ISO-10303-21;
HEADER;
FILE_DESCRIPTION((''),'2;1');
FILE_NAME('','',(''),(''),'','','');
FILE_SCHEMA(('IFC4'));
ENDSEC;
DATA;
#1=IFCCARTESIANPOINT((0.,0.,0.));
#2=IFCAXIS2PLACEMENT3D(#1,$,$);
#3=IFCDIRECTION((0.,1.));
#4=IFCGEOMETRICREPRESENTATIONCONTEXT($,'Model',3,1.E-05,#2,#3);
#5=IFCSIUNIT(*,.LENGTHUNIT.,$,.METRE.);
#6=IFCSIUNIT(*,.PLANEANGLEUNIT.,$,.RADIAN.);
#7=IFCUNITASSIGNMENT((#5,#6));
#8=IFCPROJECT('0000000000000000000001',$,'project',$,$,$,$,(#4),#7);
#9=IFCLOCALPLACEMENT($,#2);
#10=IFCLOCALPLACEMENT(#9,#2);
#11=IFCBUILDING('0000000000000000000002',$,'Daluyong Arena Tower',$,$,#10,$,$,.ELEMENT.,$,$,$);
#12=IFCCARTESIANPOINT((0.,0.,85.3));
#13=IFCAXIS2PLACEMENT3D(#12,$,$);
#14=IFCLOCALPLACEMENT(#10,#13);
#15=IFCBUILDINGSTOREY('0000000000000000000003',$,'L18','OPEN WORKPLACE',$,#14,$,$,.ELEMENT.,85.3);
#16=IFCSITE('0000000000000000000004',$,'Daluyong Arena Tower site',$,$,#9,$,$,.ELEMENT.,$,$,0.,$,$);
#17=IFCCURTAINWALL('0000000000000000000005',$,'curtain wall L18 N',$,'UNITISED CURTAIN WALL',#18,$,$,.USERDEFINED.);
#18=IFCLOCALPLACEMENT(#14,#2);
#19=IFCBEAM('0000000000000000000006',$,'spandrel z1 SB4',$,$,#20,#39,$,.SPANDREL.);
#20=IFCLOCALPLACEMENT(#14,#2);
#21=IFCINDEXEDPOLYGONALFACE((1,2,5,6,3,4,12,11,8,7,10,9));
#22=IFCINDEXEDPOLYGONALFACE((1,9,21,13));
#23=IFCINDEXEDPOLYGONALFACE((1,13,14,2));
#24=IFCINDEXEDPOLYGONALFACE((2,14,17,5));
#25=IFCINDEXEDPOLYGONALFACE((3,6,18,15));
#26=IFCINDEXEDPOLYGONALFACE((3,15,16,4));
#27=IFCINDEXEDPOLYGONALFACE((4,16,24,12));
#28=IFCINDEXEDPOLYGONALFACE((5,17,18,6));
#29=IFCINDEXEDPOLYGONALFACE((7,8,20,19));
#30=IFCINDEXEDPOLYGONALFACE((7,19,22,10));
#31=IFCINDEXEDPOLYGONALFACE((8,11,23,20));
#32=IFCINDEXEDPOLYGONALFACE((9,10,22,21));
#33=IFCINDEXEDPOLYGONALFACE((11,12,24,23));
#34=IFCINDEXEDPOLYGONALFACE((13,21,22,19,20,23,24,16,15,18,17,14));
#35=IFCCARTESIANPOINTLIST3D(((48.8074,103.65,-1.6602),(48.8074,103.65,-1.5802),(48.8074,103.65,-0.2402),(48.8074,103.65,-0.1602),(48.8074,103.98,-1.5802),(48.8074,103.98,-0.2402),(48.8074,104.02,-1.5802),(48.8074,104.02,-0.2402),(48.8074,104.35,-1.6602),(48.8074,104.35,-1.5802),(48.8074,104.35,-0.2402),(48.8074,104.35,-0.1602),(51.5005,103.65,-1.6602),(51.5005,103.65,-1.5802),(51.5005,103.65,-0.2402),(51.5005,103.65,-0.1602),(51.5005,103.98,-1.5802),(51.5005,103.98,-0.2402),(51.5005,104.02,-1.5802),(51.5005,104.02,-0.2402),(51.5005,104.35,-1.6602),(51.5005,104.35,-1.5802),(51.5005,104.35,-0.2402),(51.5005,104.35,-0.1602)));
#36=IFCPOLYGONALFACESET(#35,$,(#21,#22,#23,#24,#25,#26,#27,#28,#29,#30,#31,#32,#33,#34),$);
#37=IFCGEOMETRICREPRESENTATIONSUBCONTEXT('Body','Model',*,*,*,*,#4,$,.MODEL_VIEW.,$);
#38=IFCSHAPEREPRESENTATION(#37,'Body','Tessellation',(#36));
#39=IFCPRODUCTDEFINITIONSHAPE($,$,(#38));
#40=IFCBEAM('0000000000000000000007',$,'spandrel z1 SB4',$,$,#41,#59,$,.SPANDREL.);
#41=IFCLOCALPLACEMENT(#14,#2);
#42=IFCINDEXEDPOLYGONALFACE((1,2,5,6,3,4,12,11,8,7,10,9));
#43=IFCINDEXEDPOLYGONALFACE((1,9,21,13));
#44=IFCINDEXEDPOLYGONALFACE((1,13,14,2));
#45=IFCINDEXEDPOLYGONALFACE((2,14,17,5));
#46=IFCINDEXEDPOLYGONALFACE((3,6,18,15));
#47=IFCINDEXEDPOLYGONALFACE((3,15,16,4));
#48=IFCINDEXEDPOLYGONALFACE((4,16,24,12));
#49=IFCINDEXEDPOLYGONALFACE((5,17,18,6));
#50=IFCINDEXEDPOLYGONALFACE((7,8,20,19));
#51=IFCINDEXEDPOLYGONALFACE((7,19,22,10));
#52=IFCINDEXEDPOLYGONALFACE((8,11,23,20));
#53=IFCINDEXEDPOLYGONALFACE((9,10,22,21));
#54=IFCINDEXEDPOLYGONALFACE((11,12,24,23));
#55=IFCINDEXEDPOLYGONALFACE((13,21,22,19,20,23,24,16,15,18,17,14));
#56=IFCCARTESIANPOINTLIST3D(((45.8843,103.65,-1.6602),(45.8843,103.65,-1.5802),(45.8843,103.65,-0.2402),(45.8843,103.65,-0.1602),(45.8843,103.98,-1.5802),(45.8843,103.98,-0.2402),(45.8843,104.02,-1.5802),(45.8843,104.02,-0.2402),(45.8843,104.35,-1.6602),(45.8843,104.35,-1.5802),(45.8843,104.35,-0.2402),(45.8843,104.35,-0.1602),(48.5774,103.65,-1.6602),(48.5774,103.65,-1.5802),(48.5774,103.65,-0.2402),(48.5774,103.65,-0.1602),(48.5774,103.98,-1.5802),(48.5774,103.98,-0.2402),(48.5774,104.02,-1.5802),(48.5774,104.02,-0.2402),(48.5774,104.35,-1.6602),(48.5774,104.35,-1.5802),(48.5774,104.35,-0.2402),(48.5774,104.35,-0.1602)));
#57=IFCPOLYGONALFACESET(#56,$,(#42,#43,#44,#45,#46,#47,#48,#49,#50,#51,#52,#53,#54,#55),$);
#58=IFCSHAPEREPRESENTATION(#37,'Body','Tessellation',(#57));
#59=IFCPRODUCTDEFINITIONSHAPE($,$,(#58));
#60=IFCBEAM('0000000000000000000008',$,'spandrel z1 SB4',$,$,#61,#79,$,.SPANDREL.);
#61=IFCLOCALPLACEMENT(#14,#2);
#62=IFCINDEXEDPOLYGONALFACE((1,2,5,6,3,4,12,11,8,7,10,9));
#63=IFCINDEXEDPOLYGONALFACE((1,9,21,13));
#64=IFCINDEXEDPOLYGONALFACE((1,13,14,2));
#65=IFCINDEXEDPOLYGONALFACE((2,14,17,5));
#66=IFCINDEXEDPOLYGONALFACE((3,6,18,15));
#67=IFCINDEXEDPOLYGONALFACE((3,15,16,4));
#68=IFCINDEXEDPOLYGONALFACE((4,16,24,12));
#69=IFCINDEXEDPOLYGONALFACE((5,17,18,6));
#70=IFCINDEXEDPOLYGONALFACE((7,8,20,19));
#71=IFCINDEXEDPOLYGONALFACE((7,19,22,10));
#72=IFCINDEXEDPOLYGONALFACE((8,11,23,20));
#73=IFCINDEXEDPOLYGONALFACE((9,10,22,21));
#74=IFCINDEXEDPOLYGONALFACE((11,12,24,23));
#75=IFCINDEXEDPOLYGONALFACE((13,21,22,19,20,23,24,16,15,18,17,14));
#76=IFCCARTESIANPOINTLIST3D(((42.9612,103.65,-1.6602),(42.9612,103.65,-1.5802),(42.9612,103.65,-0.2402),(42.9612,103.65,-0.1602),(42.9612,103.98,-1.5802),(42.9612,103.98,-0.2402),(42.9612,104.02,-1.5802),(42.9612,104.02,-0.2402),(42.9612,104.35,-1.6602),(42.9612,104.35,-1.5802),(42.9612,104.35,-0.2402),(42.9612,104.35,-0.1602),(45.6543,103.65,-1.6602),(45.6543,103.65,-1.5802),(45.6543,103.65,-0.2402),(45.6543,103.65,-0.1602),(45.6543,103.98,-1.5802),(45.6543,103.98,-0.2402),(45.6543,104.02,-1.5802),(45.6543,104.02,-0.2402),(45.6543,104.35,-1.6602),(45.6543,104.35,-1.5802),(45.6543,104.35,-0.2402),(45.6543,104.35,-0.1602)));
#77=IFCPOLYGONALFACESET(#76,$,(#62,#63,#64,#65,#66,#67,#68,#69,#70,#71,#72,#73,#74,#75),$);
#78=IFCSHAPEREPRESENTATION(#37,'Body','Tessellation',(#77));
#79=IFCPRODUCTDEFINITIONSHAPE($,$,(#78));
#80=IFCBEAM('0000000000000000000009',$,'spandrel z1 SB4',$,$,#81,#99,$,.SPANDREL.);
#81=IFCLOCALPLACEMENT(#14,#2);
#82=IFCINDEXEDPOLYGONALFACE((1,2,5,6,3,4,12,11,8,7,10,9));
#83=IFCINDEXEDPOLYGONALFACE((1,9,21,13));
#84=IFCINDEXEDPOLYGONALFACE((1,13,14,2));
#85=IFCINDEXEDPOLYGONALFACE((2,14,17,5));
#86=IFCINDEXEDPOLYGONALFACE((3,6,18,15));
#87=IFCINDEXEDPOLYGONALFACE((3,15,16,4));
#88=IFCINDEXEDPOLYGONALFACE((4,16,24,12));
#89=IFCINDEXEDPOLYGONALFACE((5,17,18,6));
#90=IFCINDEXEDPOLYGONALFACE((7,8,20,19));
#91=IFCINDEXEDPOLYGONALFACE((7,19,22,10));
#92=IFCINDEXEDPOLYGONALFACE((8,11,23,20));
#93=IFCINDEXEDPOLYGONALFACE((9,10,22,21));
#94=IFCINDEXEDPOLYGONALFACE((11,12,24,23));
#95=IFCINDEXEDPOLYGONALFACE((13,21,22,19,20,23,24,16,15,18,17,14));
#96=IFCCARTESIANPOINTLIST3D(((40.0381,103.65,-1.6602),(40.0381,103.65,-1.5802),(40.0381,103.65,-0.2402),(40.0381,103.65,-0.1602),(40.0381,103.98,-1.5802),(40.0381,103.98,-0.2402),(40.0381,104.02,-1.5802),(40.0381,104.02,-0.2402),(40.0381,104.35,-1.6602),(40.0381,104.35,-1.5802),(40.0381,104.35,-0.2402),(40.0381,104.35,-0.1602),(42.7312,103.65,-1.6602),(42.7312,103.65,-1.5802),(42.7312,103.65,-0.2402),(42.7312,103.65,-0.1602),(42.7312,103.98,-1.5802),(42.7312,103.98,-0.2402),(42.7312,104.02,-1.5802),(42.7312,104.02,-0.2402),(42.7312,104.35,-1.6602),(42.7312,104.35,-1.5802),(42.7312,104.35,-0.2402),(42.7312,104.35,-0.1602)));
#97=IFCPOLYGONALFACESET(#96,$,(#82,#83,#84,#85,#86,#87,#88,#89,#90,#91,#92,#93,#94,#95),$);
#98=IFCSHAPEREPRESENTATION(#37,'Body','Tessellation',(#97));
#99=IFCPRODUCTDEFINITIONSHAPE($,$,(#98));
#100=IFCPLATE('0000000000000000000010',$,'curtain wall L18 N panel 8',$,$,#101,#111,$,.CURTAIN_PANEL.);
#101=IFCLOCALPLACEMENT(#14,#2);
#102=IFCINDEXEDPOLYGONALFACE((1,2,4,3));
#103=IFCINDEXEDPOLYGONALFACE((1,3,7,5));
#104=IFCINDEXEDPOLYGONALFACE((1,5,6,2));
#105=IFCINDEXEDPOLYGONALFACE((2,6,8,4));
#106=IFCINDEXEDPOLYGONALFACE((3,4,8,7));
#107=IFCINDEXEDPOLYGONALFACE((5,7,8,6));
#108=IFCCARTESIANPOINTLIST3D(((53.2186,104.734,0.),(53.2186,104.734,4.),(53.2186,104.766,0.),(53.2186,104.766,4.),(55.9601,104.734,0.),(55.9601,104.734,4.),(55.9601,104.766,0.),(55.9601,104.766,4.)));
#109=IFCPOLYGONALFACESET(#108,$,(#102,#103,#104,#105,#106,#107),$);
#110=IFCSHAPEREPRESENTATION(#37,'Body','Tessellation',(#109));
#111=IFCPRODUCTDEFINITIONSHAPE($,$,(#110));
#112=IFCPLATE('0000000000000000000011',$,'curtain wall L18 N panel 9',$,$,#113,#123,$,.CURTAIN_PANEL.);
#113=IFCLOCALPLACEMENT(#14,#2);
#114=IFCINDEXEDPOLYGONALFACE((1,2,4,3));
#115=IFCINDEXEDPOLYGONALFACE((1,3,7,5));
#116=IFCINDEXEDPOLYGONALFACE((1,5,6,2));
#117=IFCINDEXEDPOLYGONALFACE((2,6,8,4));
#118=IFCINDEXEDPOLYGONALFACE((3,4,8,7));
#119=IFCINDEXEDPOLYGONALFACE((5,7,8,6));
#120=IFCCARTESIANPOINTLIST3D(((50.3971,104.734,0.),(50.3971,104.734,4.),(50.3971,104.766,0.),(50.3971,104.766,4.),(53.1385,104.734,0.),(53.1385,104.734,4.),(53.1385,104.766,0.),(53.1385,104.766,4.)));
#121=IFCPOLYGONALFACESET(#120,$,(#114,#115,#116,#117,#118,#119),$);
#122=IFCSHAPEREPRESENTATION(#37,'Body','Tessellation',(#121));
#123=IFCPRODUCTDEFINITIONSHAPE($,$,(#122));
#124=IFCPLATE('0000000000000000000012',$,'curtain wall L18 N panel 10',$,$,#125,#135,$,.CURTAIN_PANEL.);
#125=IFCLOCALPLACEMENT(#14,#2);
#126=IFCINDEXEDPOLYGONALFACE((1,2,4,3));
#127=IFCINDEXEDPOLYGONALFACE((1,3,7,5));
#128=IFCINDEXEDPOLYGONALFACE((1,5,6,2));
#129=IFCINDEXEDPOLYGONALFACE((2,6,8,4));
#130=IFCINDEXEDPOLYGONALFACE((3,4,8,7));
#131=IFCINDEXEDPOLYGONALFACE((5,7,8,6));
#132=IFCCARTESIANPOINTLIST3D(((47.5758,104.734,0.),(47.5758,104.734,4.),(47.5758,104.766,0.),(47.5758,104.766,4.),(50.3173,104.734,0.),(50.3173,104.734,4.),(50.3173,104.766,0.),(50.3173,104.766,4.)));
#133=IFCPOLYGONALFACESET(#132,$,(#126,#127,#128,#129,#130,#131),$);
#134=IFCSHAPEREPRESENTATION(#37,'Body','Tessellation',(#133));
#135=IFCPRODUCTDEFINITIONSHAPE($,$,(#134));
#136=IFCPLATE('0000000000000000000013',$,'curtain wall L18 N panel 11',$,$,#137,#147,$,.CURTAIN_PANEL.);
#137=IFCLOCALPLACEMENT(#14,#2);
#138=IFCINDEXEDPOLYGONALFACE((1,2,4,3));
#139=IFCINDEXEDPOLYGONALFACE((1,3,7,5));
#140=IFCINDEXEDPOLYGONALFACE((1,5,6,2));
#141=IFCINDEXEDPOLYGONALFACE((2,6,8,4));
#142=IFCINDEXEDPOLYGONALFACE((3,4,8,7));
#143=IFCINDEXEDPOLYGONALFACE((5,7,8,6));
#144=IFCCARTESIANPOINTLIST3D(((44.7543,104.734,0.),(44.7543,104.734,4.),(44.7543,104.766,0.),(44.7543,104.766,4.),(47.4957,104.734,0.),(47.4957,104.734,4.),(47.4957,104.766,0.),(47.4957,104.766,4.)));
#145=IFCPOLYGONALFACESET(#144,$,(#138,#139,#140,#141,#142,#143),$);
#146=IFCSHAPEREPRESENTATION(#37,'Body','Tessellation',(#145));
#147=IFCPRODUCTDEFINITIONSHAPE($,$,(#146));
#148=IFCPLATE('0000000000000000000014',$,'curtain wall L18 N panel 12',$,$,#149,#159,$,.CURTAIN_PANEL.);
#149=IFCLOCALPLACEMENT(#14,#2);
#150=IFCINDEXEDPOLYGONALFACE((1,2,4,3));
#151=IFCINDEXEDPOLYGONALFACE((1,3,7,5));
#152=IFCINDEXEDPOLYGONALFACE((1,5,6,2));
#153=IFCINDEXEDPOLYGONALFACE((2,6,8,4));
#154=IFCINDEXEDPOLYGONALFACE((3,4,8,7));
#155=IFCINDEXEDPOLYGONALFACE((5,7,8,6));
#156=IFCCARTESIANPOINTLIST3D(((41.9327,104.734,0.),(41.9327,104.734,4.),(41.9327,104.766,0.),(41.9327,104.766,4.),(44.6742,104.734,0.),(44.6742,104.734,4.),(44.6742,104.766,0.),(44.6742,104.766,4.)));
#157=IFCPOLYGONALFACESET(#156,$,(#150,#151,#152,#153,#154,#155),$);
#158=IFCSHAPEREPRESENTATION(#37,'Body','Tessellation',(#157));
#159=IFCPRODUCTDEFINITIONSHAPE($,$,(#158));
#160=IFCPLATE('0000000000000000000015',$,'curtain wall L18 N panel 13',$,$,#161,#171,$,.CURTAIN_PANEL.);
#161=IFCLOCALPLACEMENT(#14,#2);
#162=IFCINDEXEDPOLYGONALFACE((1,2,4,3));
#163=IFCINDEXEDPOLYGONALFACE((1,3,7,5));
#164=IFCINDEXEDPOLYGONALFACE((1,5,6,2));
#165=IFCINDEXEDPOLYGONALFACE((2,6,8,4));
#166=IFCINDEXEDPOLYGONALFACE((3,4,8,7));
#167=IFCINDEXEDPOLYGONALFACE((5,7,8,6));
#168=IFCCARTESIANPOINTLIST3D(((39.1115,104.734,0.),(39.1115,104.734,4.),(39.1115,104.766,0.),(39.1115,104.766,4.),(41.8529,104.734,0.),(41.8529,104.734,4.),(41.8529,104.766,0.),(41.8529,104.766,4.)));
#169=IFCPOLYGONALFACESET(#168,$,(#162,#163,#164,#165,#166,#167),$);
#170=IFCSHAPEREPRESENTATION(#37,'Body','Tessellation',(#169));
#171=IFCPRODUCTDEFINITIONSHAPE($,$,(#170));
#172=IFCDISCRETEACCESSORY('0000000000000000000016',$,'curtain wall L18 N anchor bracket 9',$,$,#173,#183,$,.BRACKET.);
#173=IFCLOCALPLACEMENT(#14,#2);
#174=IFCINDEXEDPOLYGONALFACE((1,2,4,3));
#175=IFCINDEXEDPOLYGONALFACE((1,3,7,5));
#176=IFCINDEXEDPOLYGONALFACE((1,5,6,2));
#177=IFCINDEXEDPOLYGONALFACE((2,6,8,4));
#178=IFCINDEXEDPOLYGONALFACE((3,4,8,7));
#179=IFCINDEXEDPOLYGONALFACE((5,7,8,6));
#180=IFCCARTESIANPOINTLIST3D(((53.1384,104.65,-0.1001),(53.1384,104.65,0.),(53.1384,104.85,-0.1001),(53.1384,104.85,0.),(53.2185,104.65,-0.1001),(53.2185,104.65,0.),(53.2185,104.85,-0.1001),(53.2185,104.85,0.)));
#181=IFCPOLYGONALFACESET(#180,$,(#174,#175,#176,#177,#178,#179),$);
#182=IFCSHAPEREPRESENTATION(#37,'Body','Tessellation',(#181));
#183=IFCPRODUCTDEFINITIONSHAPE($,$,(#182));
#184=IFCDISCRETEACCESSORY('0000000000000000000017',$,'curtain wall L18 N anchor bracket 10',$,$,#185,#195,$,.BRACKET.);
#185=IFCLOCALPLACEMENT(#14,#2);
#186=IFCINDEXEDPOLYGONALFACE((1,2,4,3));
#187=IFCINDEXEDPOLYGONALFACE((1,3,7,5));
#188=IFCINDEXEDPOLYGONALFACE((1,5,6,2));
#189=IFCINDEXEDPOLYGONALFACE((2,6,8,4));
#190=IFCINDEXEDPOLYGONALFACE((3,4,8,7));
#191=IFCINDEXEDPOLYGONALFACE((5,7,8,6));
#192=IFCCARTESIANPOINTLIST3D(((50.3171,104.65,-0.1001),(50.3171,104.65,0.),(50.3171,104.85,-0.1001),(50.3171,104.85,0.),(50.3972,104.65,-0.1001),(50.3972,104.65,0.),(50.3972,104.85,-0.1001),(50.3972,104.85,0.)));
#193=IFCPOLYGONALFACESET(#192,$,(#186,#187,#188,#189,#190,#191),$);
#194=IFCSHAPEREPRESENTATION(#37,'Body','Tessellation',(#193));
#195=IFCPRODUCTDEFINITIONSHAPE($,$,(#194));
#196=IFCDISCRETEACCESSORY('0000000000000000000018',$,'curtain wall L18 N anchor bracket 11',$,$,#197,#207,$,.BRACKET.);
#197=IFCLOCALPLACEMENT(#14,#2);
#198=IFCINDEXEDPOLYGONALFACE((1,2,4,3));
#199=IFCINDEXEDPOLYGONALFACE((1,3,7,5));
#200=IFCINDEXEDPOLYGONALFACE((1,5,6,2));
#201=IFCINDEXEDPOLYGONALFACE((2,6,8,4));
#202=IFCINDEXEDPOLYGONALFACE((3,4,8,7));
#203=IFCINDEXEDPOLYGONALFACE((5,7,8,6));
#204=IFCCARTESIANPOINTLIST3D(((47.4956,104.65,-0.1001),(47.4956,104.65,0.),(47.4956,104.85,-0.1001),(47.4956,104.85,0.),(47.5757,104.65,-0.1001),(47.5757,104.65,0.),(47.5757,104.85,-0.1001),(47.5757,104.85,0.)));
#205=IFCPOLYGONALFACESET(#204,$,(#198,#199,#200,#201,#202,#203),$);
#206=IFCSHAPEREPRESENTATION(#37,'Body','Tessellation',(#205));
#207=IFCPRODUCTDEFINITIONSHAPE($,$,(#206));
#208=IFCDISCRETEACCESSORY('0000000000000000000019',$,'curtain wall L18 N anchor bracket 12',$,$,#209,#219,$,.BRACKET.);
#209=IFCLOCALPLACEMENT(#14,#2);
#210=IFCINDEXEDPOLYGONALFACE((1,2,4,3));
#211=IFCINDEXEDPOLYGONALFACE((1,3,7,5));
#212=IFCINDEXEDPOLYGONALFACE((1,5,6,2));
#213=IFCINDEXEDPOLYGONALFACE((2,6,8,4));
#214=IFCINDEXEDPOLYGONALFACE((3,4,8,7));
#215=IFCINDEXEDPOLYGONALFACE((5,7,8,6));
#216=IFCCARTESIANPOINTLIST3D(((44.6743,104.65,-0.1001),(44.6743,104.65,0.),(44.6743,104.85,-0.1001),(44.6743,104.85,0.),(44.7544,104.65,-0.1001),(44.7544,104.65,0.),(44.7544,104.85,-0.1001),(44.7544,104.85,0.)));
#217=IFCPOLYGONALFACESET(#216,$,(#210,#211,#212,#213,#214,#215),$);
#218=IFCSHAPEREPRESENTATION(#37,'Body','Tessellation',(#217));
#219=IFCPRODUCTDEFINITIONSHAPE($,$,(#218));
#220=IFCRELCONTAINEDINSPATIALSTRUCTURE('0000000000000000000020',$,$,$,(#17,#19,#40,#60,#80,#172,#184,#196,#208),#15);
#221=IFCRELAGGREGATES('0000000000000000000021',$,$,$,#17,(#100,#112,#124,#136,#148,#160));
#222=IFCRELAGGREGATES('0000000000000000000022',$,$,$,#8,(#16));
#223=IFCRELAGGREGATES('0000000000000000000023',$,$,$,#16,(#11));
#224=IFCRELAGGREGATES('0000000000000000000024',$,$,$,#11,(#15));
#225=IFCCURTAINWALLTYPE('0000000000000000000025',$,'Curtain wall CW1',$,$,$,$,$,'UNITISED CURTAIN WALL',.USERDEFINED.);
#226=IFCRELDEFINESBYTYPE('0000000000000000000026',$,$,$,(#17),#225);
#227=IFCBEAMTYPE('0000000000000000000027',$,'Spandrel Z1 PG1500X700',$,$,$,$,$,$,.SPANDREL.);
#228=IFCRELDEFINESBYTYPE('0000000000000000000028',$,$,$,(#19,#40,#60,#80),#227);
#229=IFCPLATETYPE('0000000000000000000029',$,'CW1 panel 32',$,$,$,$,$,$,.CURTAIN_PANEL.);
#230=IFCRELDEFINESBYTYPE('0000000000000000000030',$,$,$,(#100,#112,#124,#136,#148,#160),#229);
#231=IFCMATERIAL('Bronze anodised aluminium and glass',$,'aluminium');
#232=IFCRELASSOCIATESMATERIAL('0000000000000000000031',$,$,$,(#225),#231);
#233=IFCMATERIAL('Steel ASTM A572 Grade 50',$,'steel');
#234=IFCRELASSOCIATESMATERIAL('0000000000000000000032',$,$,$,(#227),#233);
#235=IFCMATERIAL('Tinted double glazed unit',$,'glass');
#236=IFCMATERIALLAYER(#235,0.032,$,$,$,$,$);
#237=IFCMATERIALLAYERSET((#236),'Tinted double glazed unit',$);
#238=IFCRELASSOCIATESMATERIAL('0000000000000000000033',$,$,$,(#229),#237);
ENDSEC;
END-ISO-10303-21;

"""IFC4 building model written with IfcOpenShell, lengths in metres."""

from ifc_helpers import new_model, si_unit, direction, frame, origin, origin_2d, place, context, subcontext, project, spatial, rectangle, i_section, extrude, material, layer, layer_set, material_profile, profile_set, type_object, element, aggregate, save


model = new_model("IFC4")

# Units and contexts
model_context = context("Model", 3, precision=1e-05, world=origin(), true_north=direction((0.0, 1.0)))
body_context = subcontext(model_context, "Body", "Model", "MODEL_VIEW")
ifc_project = project(units=[si_unit("LENGTHUNIT", "METRE"), si_unit("PLANEANGLEUNIT", "RADIAN")], contexts=[model_context])

# Site, building, storey
site_placement = place(None, origin())
site = spatial("IfcSite", under=ifc_project, at=site_placement, Name="Daluyong Arena Tower site", CompositionType="ELEMENT", RefElevation=0.0)
building_placement = place(site_placement, origin())
building = spatial("IfcBuilding", under=site, at=building_placement, Name="Daluyong Arena Tower", CompositionType="ELEMENT")
storey_placement = place(building_placement, frame((0.0, 0.0, 85.3)))
storey = spatial("IfcBuildingStorey", under=building, at=storey_placement, Name="L18", Description="OPEN WORKPLACE", CompositionType="ELEMENT", Elevation=85.3)

# Curtain wall
ifc_material_1 = material(Name="Bronze anodised aluminium and glass", Category="aluminium")
curtain_wall_type = type_object("IfcCurtainWallType", Name="Curtain wall CW1", ElementType="UNITISED CURTAIN WALL", PredefinedType="USERDEFINED", material=ifc_material_1)
curtain_wall_placement = place(storey_placement, origin())
curtain_wall = element("IfcCurtainWall", 1, at=curtain_wall_placement, inside=storey, type_object=curtain_wall_type, Name="curtain wall L18 N", ObjectType="UNITISED CURTAIN WALL", PredefinedType="USERDEFINED")

# Beams
ifc_material_2 = material(Name="Steel ASTM A572 Grade 50", Category="steel")
ifc_material_profile_1 = material_profile(ifc_material_2, i_section(OverallWidth=0.7, OverallDepth=1.5, WebThickness=0.04, FlangeThickness=0.08, at=origin_2d()))
ifc_profile_set_1 = profile_set([ifc_material_profile_1], Name="Steel ASTM A572 Grade 50")
beam_type_1 = type_object("IfcBeamType", Name="Spandrel Z1 PG1500X700", PredefinedType="SPANDREL", material=ifc_profile_set_1)
for number, where, z_axis, x_axis, name in (
    (2, (51.5005, 104.0, -0.9102), (-1.0, 0.0, 0.0), (0.0, -1.0, 0.0), "spandrel z1 SB4"),
    (3, (48.5774, 104.0, -0.9102), (-1.0, 0.0, 0.0), (0.0, -1.0, 0.0), "spandrel z1 SB4"),
    (4, (45.6543, 104.0, -0.9102), (-1.0, 0.0, 0.0), (0.0, -1.0, 0.0), "spandrel z1 SB4"),
    (5, (42.7312, 104.0, -0.9102), (-1.0, 0.0, 0.0), (0.0, -1.0, 0.0), "spandrel z1 SB4"),
):
    element("IfcBeam", number, at=place(storey_placement, frame(where, z_axis=z_axis, x_axis=x_axis)), inside=storey, type_object=beam_type_1, Name=name, PredefinedType="SPANDREL", context=body_context, shape_type="SweptSolid", body=[
        extrude(i_section(OverallWidth=0.7, OverallDepth=1.5, WebThickness=0.04, FlangeThickness=0.08, at=origin_2d()), origin(), (0.0, 0.0, 1.0), 2.6931),
    ])

# Plates
ifc_material_3 = material(Name="Tinted double glazed unit", Category="glass")
ifc_layer = layer(ifc_material_3, 0.032)
ifc_layer_set = layer_set([ifc_layer], Name="Tinted double glazed unit")
plate_type = type_object("IfcPlateType", Name="CW1 panel 32", PredefinedType="CURTAIN_PANEL", material=ifc_layer_set)
plate_1_placement = place(storey_placement, frame((54.5894, 104.75, 0.0), z_axis=(0.0, 0.0, 1.0), x_axis=(-1.0, 0.0, 0.0)))
plate_1 = element("IfcPlate", 6, at=plate_1_placement, type_object=plate_type, Name="curtain wall L18 N panel 8", PredefinedType="CURTAIN_PANEL", context=body_context, shape_type="SweptSolid", body=[
    extrude(rectangle(XDim=2.7415, YDim=0.032, at=origin_2d()), origin(), (0.0, 0.0, 1.0), 4.0),
])
plate_2_placement = place(storey_placement, frame((51.7678, 104.75, 0.0), z_axis=(0.0, 0.0, 1.0), x_axis=(-1.0, 0.0, 0.0)))
plate_2 = element("IfcPlate", 7, at=plate_2_placement, type_object=plate_type, Name="curtain wall L18 N panel 9", PredefinedType="CURTAIN_PANEL", context=body_context, shape_type="SweptSolid", body=[
    extrude(rectangle(XDim=2.7415, YDim=0.032, at=origin_2d()), origin(), (0.0, 0.0, 1.0), 4.0),
])
plate_3_placement = place(storey_placement, frame((48.9465, 104.75, 0.0), z_axis=(0.0, 0.0, 1.0), x_axis=(-1.0, 0.0, 0.0)))
plate_3 = element("IfcPlate", 8, at=plate_3_placement, type_object=plate_type, Name="curtain wall L18 N panel 10", PredefinedType="CURTAIN_PANEL", context=body_context, shape_type="SweptSolid", body=[
    extrude(rectangle(XDim=2.7415, YDim=0.032, at=origin_2d()), origin(), (0.0, 0.0, 1.0), 4.0),
])
plate_4_placement = place(storey_placement, frame((46.125, 104.75, 0.0), z_axis=(0.0, 0.0, 1.0), x_axis=(-1.0, 0.0, 0.0)))
plate_4 = element("IfcPlate", 9, at=plate_4_placement, type_object=plate_type, Name="curtain wall L18 N panel 11", PredefinedType="CURTAIN_PANEL", context=body_context, shape_type="SweptSolid", body=[
    extrude(rectangle(XDim=2.7415, YDim=0.032, at=origin_2d()), origin(), (0.0, 0.0, 1.0), 4.0),
])
plate_5_placement = place(storey_placement, frame((43.3035, 104.75, 0.0), z_axis=(0.0, 0.0, 1.0), x_axis=(-1.0, 0.0, 0.0)))
plate_5 = element("IfcPlate", 10, at=plate_5_placement, type_object=plate_type, Name="curtain wall L18 N panel 12", PredefinedType="CURTAIN_PANEL", context=body_context, shape_type="SweptSolid", body=[
    extrude(rectangle(XDim=2.7415, YDim=0.032, at=origin_2d()), origin(), (0.0, 0.0, 1.0), 4.0),
])
plate_6_placement = place(storey_placement, frame((40.4822, 104.75, 0.0), z_axis=(0.0, 0.0, 1.0), x_axis=(-1.0, 0.0, 0.0)))
plate_6 = element("IfcPlate", 11, at=plate_6_placement, type_object=plate_type, Name="curtain wall L18 N panel 13", PredefinedType="CURTAIN_PANEL", context=body_context, shape_type="SweptSolid", body=[
    extrude(rectangle(XDim=2.7415, YDim=0.032, at=origin_2d()), origin(), (0.0, 0.0, 1.0), 4.0),
])
aggregate(curtain_wall, [plate_1, plate_2, plate_3, plate_4, plate_5, plate_6])

# Discrete accessories
for number, where, z_axis, x_axis, name in (
    (12, (53.1785, 104.75, -0.1001), (0.0, 0.0, 1.0), (-1.0, 0.0, 0.0), "curtain wall L18 N anchor bracket 9"),
    (13, (50.3572, 104.75, -0.1001), (0.0, 0.0, 1.0), (-1.0, 0.0, 0.0), "curtain wall L18 N anchor bracket 10"),
    (14, (47.5356, 104.75, -0.1001), (0.0, 0.0, 1.0), (-1.0, 0.0, 0.0), "curtain wall L18 N anchor bracket 11"),
    (15, (44.7144, 104.75, -0.1001), (0.0, 0.0, 1.0), (-1.0, 0.0, 0.0), "curtain wall L18 N anchor bracket 12"),
):
    element("IfcDiscreteAccessory", number, at=place(storey_placement, frame(where, z_axis=z_axis, x_axis=x_axis)), inside=storey, Name=name, PredefinedType="BRACKET", context=body_context, shape_type="SweptSolid", body=[
        extrude(rectangle(XDim=0.0801, YDim=0.2, at=origin_2d()), origin(), (0.0, 0.0, 1.0), 0.1001),
    ])

save(model, "model.ifc")
